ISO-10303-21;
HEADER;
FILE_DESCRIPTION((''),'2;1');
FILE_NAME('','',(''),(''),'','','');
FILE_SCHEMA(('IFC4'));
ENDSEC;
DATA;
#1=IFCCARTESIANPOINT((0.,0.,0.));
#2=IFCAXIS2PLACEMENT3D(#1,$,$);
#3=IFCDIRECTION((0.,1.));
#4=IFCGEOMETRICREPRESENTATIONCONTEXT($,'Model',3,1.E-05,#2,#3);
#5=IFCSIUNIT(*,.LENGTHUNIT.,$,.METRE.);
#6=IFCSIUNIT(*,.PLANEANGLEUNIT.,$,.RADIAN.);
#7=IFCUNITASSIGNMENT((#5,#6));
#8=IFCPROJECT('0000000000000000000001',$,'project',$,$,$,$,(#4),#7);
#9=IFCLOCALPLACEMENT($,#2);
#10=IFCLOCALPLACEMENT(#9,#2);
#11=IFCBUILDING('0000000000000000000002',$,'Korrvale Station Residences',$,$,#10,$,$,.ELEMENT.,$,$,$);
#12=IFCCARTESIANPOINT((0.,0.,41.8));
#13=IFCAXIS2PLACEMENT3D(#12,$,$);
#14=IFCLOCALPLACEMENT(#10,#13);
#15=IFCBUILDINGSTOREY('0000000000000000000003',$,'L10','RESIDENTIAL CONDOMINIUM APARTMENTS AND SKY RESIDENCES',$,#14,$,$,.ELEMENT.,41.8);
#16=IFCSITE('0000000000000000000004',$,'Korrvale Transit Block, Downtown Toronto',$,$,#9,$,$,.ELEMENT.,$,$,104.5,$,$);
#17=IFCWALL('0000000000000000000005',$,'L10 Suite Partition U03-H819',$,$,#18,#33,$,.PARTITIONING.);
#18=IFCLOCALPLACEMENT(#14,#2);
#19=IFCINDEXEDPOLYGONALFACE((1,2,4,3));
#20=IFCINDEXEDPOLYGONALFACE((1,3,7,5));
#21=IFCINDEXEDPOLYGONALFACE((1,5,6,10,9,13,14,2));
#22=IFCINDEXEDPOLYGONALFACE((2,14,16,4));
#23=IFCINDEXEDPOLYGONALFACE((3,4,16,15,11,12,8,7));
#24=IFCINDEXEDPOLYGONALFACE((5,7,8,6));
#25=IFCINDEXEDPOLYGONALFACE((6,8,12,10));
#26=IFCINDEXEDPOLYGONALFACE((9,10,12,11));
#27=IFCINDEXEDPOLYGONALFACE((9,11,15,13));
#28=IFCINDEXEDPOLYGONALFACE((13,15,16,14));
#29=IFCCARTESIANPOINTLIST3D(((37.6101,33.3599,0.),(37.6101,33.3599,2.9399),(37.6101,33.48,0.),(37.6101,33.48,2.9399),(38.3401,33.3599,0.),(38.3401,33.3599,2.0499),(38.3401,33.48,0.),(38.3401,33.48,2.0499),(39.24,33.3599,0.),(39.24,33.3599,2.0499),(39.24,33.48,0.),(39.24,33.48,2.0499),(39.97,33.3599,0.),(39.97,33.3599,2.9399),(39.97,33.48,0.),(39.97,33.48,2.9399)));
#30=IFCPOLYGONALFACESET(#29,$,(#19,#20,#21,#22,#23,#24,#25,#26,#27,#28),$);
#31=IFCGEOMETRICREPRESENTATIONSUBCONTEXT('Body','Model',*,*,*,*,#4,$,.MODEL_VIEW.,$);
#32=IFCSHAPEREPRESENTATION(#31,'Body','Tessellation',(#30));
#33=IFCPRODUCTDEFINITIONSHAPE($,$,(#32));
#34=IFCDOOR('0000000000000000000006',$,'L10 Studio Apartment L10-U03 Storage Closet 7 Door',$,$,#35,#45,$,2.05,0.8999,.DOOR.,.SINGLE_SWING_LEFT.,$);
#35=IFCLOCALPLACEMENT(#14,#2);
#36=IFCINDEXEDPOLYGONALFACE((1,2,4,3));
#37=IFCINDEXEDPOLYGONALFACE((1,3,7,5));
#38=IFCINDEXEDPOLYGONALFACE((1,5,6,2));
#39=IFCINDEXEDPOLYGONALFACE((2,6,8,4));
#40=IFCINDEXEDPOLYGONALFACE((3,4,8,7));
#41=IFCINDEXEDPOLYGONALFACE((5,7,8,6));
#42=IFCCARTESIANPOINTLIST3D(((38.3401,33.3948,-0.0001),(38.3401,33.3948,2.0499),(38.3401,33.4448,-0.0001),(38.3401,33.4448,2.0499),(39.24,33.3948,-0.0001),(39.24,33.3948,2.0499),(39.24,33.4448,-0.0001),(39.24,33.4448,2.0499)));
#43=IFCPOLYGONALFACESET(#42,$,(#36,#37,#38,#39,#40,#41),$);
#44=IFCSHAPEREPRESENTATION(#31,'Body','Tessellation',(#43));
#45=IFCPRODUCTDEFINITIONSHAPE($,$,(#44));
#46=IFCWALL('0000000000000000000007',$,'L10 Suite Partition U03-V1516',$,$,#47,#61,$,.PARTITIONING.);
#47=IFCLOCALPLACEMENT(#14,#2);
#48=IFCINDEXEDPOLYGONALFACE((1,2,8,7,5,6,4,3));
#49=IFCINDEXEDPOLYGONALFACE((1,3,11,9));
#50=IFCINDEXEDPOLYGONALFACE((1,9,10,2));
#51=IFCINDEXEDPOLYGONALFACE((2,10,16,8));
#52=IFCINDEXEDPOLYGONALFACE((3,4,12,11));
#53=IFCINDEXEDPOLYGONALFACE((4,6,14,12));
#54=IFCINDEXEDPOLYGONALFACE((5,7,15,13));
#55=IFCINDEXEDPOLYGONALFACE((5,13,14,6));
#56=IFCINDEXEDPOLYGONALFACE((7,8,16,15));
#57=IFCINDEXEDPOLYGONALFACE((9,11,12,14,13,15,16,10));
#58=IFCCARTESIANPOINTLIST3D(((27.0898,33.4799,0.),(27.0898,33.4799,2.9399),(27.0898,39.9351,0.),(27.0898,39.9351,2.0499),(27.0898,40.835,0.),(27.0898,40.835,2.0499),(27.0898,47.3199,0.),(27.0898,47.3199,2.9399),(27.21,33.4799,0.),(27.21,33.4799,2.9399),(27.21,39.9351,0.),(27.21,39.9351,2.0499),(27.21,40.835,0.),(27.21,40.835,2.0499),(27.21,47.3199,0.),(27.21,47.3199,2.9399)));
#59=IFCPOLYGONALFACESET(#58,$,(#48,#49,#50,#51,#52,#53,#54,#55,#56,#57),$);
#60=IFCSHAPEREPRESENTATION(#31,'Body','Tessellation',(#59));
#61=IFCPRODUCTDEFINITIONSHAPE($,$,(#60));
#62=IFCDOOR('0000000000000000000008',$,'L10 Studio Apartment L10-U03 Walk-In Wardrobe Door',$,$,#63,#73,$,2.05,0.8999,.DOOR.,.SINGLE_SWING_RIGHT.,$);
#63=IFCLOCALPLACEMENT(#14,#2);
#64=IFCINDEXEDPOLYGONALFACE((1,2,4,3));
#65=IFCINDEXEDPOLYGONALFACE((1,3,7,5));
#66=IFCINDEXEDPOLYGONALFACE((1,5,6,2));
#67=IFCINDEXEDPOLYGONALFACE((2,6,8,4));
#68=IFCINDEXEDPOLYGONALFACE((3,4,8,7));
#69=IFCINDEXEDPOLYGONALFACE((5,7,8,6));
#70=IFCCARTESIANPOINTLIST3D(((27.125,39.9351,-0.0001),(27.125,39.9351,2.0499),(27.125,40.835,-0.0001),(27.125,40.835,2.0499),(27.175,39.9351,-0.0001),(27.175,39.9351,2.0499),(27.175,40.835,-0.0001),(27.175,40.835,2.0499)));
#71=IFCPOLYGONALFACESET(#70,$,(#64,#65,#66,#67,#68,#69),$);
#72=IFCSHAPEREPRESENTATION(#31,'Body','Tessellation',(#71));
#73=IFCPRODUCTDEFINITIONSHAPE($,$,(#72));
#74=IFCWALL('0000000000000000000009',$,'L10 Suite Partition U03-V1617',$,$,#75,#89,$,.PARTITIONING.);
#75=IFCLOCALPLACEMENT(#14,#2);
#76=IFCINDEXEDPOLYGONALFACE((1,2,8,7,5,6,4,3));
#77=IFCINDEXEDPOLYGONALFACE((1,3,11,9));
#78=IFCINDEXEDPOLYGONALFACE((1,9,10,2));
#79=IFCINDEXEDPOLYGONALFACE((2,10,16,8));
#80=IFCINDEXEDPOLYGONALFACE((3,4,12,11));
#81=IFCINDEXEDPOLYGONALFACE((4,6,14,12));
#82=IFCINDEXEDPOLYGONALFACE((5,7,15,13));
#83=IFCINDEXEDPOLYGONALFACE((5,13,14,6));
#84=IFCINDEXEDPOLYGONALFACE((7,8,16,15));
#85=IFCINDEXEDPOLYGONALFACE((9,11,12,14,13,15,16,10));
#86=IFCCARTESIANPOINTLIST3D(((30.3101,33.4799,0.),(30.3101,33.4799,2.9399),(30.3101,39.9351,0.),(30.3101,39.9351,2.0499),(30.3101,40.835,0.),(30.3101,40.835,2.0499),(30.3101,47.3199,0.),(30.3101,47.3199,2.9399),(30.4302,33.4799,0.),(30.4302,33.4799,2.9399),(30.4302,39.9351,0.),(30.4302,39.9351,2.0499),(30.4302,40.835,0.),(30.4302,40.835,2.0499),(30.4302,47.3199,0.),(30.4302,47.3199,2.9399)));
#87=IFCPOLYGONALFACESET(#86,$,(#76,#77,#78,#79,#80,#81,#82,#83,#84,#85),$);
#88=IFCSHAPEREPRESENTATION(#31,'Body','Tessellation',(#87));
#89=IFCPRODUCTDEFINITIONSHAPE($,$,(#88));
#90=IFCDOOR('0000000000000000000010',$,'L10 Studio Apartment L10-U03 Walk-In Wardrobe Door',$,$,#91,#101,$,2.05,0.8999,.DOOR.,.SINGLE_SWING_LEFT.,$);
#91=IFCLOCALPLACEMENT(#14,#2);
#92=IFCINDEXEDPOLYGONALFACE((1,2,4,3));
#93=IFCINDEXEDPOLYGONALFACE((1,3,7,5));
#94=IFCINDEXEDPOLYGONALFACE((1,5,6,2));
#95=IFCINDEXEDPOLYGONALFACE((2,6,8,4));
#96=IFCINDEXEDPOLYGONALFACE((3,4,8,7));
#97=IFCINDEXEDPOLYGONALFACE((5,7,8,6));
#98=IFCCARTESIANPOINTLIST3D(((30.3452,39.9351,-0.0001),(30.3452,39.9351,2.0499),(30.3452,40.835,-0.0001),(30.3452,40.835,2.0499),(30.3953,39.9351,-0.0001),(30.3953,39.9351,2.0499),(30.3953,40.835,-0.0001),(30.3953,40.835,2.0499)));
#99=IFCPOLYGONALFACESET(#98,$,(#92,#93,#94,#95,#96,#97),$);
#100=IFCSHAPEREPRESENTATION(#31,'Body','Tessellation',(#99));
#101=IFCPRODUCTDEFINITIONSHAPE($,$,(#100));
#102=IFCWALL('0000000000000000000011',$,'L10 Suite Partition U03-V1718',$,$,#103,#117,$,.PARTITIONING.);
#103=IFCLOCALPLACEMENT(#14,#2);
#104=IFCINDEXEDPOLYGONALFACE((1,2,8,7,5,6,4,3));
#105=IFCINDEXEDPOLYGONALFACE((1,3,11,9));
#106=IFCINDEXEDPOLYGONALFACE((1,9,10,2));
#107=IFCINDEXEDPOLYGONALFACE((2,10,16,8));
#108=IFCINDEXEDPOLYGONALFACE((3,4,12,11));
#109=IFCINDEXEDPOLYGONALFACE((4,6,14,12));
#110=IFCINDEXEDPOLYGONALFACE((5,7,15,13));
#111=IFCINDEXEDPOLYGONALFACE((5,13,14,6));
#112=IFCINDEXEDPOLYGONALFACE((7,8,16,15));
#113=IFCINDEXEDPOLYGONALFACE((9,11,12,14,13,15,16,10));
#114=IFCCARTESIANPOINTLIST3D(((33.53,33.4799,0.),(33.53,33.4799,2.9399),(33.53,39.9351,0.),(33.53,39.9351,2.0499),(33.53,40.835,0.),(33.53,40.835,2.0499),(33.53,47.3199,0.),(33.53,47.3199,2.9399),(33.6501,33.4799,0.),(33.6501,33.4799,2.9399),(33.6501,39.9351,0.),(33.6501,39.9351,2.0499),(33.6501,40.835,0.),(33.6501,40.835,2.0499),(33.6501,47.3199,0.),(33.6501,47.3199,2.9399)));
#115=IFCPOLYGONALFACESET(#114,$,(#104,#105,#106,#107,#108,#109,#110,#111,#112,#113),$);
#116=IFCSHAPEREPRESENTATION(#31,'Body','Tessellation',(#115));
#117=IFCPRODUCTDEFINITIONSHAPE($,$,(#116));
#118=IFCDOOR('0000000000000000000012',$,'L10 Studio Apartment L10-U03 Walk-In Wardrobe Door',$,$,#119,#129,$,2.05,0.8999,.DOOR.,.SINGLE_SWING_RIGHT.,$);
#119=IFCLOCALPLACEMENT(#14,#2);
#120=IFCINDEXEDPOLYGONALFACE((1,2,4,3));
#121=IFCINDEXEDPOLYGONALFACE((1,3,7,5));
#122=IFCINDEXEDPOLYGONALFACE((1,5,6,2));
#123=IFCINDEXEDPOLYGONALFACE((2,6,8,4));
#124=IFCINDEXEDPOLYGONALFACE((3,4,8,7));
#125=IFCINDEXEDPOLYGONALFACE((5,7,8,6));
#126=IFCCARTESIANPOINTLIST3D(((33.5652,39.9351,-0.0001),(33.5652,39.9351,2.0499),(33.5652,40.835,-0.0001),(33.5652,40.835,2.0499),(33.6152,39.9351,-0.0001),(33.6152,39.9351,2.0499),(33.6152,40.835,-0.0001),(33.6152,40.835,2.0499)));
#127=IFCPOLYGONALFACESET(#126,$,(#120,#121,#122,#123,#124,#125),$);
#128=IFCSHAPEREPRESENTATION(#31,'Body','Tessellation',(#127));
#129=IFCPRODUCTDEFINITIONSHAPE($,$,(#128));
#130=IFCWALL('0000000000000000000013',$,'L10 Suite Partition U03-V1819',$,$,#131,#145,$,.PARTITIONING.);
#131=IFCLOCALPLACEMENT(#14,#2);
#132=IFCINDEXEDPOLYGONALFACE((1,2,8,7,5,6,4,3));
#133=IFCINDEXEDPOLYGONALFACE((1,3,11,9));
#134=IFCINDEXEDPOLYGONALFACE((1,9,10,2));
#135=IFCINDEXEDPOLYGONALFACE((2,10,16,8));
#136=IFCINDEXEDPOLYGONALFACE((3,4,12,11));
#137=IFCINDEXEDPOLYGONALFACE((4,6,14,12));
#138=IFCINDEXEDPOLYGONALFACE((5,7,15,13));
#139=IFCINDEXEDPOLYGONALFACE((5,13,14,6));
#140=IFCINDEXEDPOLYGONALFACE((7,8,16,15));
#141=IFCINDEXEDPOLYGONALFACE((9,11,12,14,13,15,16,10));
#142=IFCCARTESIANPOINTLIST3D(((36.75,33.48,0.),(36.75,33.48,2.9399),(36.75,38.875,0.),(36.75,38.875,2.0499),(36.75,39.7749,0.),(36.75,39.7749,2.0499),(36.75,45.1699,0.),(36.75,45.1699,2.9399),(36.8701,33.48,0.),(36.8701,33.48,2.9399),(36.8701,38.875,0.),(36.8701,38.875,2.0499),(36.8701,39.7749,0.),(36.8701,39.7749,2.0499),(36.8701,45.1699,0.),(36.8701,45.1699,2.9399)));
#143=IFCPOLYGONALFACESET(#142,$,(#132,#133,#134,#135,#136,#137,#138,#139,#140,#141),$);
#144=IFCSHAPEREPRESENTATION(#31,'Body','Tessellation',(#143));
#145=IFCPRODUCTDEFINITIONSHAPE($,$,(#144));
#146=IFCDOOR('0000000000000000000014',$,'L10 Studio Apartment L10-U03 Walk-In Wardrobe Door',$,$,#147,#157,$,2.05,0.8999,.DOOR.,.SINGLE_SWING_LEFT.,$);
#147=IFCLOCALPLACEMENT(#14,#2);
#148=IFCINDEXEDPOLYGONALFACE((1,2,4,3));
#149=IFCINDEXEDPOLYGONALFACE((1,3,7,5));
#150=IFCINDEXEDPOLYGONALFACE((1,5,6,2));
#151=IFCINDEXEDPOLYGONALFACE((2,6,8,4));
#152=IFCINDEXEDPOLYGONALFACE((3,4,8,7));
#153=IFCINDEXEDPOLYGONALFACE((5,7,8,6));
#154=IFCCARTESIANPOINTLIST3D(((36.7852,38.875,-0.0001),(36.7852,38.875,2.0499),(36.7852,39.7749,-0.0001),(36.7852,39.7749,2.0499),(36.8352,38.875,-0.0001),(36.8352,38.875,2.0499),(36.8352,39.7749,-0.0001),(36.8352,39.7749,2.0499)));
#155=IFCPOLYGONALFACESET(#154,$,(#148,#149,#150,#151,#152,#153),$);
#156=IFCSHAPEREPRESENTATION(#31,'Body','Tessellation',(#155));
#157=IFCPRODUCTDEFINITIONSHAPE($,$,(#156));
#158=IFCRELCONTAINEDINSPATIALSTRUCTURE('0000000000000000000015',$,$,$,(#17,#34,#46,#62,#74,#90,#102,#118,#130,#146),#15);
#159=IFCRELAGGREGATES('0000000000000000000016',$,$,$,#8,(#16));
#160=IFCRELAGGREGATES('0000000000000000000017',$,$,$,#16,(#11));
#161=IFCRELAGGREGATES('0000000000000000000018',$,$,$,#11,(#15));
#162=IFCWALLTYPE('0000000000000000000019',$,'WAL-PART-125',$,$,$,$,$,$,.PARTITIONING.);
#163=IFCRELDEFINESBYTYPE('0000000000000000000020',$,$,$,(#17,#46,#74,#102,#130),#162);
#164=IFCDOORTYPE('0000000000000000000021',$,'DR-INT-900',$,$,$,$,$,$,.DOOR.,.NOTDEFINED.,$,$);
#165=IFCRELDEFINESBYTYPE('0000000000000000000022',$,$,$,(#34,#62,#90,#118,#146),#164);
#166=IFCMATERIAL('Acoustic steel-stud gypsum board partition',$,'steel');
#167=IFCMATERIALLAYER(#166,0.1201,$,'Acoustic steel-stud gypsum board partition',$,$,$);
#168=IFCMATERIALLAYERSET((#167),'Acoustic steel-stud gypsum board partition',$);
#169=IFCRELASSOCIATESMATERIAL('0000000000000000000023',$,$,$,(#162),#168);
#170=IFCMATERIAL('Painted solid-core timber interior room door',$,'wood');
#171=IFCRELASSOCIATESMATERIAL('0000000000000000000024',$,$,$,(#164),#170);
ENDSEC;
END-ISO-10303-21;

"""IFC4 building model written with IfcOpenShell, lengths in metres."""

from ifc_helpers import new_model, si_unit, direction, frame, frame_2d, origin, place, context, subcontext, project, spatial, rectangle, extrude, material, layer, layer_set, type_object, element, fill, save


model = new_model("IFC4")

# Units and contexts
model_context = context("Model", 3, precision=1e-05, world=origin(), true_north=direction((0.0, 1.0)))
body_context = subcontext(model_context, "Body", "Model", "MODEL_VIEW")
ifc_project = project(units=[si_unit("LENGTHUNIT", "METRE"), si_unit("PLANEANGLEUNIT", "RADIAN")], contexts=[model_context])

# Site, building, storey
site_placement = place(None, origin())
site = spatial("IfcSite", under=ifc_project, at=site_placement, Name="Korrvale Transit Block, Downtown Toronto", CompositionType="ELEMENT", RefElevation=104.5)
building_placement = place(site_placement, origin())
building = spatial("IfcBuilding", under=site, at=building_placement, Name="Korrvale Station Residences", CompositionType="ELEMENT")
storey_placement = place(building_placement, frame((0.0, 0.0, 41.8)))
storey = spatial("IfcBuildingStorey", under=building, at=storey_placement, Name="L10", Description="RESIDENTIAL CONDOMINIUM APARTMENTS AND SKY RESIDENCES", CompositionType="ELEMENT", Elevation=41.8)

# Shared definitions
ifc_material_1 = material(Name="Acoustic steel-stud gypsum board partition", Category="steel")
ifc_layer = layer(ifc_material_1, 0.1201, Name="Acoustic steel-stud gypsum board partition")
ifc_layer_set = layer_set([ifc_layer], Name="Acoustic steel-stud gypsum board partition")
wall_type = type_object("IfcWallType", Name="WAL-PART-125", PredefinedType="PARTITIONING", material=ifc_layer_set)
ifc_material_2 = material(Name="Painted solid-core timber interior room door", Category="wood")
door_type = type_object("IfcDoorType", Name="DR-INT-900", OperationType="NOTDEFINED", PredefinedType="DOOR", material=ifc_material_2)

# Walls, openings, doors
wall_1_placement = place(storey_placement, frame((37.6101, 33.4199, 0.0), z_axis=(0.0, 0.0, 1.0), x_axis=(1.0, 0.0, 0.0)))
wall_1 = element("IfcWall", 1, at=wall_1_placement, inside=storey, type_object=wall_type, Name="L10 Suite Partition U03-H819", PredefinedType="PARTITIONING", context=body_context, shape_type="SweptSolid", body=[
    extrude(rectangle(XDim=2.3599, YDim=0.1201, at=frame_2d((1.1799, 0.0))), origin(), (0.0, 0.0, 1.0), 2.9399),
])
opening_1_placement = place(wall_1_placement, frame((0.73, 0.0, 0.0)))
opening_1 = element("IfcOpeningElement", 2, at=opening_1_placement, cuts=wall_1, PredefinedType="OPENING", context=body_context, shape_type="SweptSolid", body=[
    extrude(rectangle(XDim=0.8999, YDim=2.05, at=frame_2d((0.45, 1.0249))), frame((0.0, 0.0701, 0.0), z_axis=(0.0, -1.0, 0.0), x_axis=(1.0, 0.0, 0.0)), (0.0, 0.0, 1.0), 0.1401),
])
door_1_placement = place(opening_1_placement, origin())
door_1 = element("IfcDoor", 3, at=door_1_placement, inside=storey, type_object=door_type, Name="L10 Studio Apartment L10-U03 Storage Closet 7 Door", OperationType="SINGLE_SWING_LEFT", OverallHeight=2.05, OverallWidth=0.8999, PredefinedType="DOOR", context=body_context, shape_type="SweptSolid", body=[
    extrude(rectangle(XDim=0.8999, YDim=2.05, at=frame_2d((0.45, 1.0249))), frame((0.0, 0.0249, 0.0), z_axis=(0.0, -1.0, 0.0), x_axis=(1.0, 0.0, 0.0)), (0.0, 0.0, 1.0), 0.05),
])
fill(opening_1, door_1)
wall_2_placement = place(storey_placement, frame((27.1499, 33.48, 0.0), z_axis=(0.0, 0.0, 1.0), x_axis=(0.0, 1.0, 0.0)))
wall_2 = element("IfcWall", 4, at=wall_2_placement, inside=storey, type_object=wall_type, Name="L10 Suite Partition U03-V1516", PredefinedType="PARTITIONING", context=body_context, shape_type="SweptSolid", body=[
    extrude(rectangle(XDim=13.8401, YDim=0.1201, at=frame_2d((6.9199, 0.0))), origin(), (0.0, 0.0, 1.0), 2.9399),
])
opening_2_placement = place(wall_2_placement, frame((6.4551, 0.0, 0.0)))
opening_2 = element("IfcOpeningElement", 5, at=opening_2_placement, cuts=wall_2, PredefinedType="OPENING", context=body_context, shape_type="SweptSolid", body=[
    extrude(rectangle(XDim=0.8999, YDim=2.05, at=frame_2d((0.45, 1.0249))), frame((0.0, 0.0701, 0.0), z_axis=(0.0, -1.0, 0.0), x_axis=(1.0, 0.0, 0.0)), (0.0, 0.0, 1.0), 0.1401),
])
door_2_placement = place(opening_2_placement, origin())
door_2 = element("IfcDoor", 6, at=door_2_placement, inside=storey, type_object=door_type, Name="L10 Studio Apartment L10-U03 Walk-In Wardrobe Door", OperationType="SINGLE_SWING_RIGHT", OverallHeight=2.05, OverallWidth=0.8999, PredefinedType="DOOR", context=body_context, shape_type="SweptSolid", body=[
    extrude(rectangle(XDim=0.8999, YDim=2.05, at=frame_2d((0.45, 1.0249))), frame((0.0, 0.0249, 0.0), z_axis=(0.0, -1.0, 0.0), x_axis=(1.0, 0.0, 0.0)), (0.0, 0.0, 1.0), 0.05),
])
fill(opening_2, door_2)
wall_3_placement = place(storey_placement, frame((30.3701, 33.48, 0.0), z_axis=(0.0, 0.0, 1.0), x_axis=(0.0, 1.0, 0.0)))
wall_3 = element("IfcWall", 7, at=wall_3_placement, inside=storey, type_object=wall_type, Name="L10 Suite Partition U03-V1617", PredefinedType="PARTITIONING", context=body_context, shape_type="SweptSolid", body=[
    extrude(rectangle(XDim=13.8401, YDim=0.1201, at=frame_2d((6.9199, 0.0))), origin(), (0.0, 0.0, 1.0), 2.9399),
])
opening_3_placement = place(wall_3_placement, frame((6.4551, 0.0, 0.0)))
opening_3 = element("IfcOpeningElement", 8, at=opening_3_placement, cuts=wall_3, PredefinedType="OPENING", context=body_context, shape_type="SweptSolid", body=[
    extrude(rectangle(XDim=0.8999, YDim=2.05, at=frame_2d((0.45, 1.0249))), frame((0.0, 0.0701, 0.0), z_axis=(0.0, -1.0, 0.0), x_axis=(1.0, 0.0, 0.0)), (0.0, 0.0, 1.0), 0.1401),
])
door_3_placement = place(opening_3_placement, origin())
door_3 = element("IfcDoor", 9, at=door_3_placement, inside=storey, type_object=door_type, Name="L10 Studio Apartment L10-U03 Walk-In Wardrobe Door", OperationType="SINGLE_SWING_LEFT", OverallHeight=2.05, OverallWidth=0.8999, PredefinedType="DOOR", context=body_context, shape_type="SweptSolid", body=[
    extrude(rectangle(XDim=0.8999, YDim=2.05, at=frame_2d((0.45, 1.0249))), frame((0.0, 0.0249, 0.0), z_axis=(0.0, -1.0, 0.0), x_axis=(1.0, 0.0, 0.0)), (0.0, 0.0, 1.0), 0.05),
])
fill(opening_3, door_3)
wall_4_placement = place(storey_placement, frame((33.5901, 33.48, 0.0), z_axis=(0.0, 0.0, 1.0), x_axis=(0.0, 1.0, 0.0)))
wall_4 = element("IfcWall", 10, at=wall_4_placement, inside=storey, type_object=wall_type, Name="L10 Suite Partition U03-V1718", PredefinedType="PARTITIONING", context=body_context, shape_type="SweptSolid", body=[
    extrude(rectangle(XDim=13.8401, YDim=0.1201, at=frame_2d((6.9199, 0.0))), origin(), (0.0, 0.0, 1.0), 2.9399),
])
opening_4_placement = place(wall_4_placement, frame((6.4551, 0.0, 0.0)))
opening_4 = element("IfcOpeningElement", 11, at=opening_4_placement, cuts=wall_4, PredefinedType="OPENING", context=body_context, shape_type="SweptSolid", body=[
    extrude(rectangle(XDim=0.8999, YDim=2.05, at=frame_2d((0.45, 1.0249))), frame((0.0, 0.0701, 0.0), z_axis=(0.0, -1.0, 0.0), x_axis=(1.0, 0.0, 0.0)), (0.0, 0.0, 1.0), 0.1401),
])
door_4_placement = place(opening_4_placement, origin())
door_4 = element("IfcDoor", 12, at=door_4_placement, inside=storey, type_object=door_type, Name="L10 Studio Apartment L10-U03 Walk-In Wardrobe Door", OperationType="SINGLE_SWING_RIGHT", OverallHeight=2.05, OverallWidth=0.8999, PredefinedType="DOOR", context=body_context, shape_type="SweptSolid", body=[
    extrude(rectangle(XDim=0.8999, YDim=2.05, at=frame_2d((0.45, 1.0249))), frame((0.0, 0.0249, 0.0), z_axis=(0.0, -1.0, 0.0), x_axis=(1.0, 0.0, 0.0)), (0.0, 0.0, 1.0), 0.05),
])
fill(opening_4, door_4)
wall_5_placement = place(storey_placement, frame((36.8101, 33.48, 0.0), z_axis=(0.0, 0.0, 1.0), x_axis=(0.0, 1.0, 0.0)))
wall_5 = element("IfcWall", 13, at=wall_5_placement, inside=storey, type_object=wall_type, Name="L10 Suite Partition U03-V1819", PredefinedType="PARTITIONING", context=body_context, shape_type="SweptSolid", body=[
    extrude(rectangle(XDim=11.6899, YDim=0.1201, at=frame_2d((5.845, 0.0))), origin(), (0.0, 0.0, 1.0), 2.9399),
])
opening_5_placement = place(wall_5_placement, frame((5.395, 0.0, 0.0)))
opening_5 = element("IfcOpeningElement", 14, at=opening_5_placement, cuts=wall_5, PredefinedType="OPENING", context=body_context, shape_type="SweptSolid", body=[
    extrude(rectangle(XDim=0.8999, YDim=2.05, at=frame_2d((0.45, 1.0249))), frame((0.0, 0.0701, 0.0), z_axis=(0.0, -1.0, 0.0), x_axis=(1.0, 0.0, 0.0)), (0.0, 0.0, 1.0), 0.1401),
])
door_5_placement = place(opening_5_placement, origin())
door_5 = element("IfcDoor", 15, at=door_5_placement, inside=storey, type_object=door_type, Name="L10 Studio Apartment L10-U03 Walk-In Wardrobe Door", OperationType="SINGLE_SWING_LEFT", OverallHeight=2.05, OverallWidth=0.8999, PredefinedType="DOOR", context=body_context, shape_type="SweptSolid", body=[
    extrude(rectangle(XDim=0.8999, YDim=2.05, at=frame_2d((0.45, 1.0249))), frame((0.0, 0.0249, 0.0), z_axis=(0.0, -1.0, 0.0), x_axis=(1.0, 0.0, 0.0)), (0.0, 0.0, 1.0), 0.05),
])
fill(opening_5, door_5)

save(model, "model.ifc")
